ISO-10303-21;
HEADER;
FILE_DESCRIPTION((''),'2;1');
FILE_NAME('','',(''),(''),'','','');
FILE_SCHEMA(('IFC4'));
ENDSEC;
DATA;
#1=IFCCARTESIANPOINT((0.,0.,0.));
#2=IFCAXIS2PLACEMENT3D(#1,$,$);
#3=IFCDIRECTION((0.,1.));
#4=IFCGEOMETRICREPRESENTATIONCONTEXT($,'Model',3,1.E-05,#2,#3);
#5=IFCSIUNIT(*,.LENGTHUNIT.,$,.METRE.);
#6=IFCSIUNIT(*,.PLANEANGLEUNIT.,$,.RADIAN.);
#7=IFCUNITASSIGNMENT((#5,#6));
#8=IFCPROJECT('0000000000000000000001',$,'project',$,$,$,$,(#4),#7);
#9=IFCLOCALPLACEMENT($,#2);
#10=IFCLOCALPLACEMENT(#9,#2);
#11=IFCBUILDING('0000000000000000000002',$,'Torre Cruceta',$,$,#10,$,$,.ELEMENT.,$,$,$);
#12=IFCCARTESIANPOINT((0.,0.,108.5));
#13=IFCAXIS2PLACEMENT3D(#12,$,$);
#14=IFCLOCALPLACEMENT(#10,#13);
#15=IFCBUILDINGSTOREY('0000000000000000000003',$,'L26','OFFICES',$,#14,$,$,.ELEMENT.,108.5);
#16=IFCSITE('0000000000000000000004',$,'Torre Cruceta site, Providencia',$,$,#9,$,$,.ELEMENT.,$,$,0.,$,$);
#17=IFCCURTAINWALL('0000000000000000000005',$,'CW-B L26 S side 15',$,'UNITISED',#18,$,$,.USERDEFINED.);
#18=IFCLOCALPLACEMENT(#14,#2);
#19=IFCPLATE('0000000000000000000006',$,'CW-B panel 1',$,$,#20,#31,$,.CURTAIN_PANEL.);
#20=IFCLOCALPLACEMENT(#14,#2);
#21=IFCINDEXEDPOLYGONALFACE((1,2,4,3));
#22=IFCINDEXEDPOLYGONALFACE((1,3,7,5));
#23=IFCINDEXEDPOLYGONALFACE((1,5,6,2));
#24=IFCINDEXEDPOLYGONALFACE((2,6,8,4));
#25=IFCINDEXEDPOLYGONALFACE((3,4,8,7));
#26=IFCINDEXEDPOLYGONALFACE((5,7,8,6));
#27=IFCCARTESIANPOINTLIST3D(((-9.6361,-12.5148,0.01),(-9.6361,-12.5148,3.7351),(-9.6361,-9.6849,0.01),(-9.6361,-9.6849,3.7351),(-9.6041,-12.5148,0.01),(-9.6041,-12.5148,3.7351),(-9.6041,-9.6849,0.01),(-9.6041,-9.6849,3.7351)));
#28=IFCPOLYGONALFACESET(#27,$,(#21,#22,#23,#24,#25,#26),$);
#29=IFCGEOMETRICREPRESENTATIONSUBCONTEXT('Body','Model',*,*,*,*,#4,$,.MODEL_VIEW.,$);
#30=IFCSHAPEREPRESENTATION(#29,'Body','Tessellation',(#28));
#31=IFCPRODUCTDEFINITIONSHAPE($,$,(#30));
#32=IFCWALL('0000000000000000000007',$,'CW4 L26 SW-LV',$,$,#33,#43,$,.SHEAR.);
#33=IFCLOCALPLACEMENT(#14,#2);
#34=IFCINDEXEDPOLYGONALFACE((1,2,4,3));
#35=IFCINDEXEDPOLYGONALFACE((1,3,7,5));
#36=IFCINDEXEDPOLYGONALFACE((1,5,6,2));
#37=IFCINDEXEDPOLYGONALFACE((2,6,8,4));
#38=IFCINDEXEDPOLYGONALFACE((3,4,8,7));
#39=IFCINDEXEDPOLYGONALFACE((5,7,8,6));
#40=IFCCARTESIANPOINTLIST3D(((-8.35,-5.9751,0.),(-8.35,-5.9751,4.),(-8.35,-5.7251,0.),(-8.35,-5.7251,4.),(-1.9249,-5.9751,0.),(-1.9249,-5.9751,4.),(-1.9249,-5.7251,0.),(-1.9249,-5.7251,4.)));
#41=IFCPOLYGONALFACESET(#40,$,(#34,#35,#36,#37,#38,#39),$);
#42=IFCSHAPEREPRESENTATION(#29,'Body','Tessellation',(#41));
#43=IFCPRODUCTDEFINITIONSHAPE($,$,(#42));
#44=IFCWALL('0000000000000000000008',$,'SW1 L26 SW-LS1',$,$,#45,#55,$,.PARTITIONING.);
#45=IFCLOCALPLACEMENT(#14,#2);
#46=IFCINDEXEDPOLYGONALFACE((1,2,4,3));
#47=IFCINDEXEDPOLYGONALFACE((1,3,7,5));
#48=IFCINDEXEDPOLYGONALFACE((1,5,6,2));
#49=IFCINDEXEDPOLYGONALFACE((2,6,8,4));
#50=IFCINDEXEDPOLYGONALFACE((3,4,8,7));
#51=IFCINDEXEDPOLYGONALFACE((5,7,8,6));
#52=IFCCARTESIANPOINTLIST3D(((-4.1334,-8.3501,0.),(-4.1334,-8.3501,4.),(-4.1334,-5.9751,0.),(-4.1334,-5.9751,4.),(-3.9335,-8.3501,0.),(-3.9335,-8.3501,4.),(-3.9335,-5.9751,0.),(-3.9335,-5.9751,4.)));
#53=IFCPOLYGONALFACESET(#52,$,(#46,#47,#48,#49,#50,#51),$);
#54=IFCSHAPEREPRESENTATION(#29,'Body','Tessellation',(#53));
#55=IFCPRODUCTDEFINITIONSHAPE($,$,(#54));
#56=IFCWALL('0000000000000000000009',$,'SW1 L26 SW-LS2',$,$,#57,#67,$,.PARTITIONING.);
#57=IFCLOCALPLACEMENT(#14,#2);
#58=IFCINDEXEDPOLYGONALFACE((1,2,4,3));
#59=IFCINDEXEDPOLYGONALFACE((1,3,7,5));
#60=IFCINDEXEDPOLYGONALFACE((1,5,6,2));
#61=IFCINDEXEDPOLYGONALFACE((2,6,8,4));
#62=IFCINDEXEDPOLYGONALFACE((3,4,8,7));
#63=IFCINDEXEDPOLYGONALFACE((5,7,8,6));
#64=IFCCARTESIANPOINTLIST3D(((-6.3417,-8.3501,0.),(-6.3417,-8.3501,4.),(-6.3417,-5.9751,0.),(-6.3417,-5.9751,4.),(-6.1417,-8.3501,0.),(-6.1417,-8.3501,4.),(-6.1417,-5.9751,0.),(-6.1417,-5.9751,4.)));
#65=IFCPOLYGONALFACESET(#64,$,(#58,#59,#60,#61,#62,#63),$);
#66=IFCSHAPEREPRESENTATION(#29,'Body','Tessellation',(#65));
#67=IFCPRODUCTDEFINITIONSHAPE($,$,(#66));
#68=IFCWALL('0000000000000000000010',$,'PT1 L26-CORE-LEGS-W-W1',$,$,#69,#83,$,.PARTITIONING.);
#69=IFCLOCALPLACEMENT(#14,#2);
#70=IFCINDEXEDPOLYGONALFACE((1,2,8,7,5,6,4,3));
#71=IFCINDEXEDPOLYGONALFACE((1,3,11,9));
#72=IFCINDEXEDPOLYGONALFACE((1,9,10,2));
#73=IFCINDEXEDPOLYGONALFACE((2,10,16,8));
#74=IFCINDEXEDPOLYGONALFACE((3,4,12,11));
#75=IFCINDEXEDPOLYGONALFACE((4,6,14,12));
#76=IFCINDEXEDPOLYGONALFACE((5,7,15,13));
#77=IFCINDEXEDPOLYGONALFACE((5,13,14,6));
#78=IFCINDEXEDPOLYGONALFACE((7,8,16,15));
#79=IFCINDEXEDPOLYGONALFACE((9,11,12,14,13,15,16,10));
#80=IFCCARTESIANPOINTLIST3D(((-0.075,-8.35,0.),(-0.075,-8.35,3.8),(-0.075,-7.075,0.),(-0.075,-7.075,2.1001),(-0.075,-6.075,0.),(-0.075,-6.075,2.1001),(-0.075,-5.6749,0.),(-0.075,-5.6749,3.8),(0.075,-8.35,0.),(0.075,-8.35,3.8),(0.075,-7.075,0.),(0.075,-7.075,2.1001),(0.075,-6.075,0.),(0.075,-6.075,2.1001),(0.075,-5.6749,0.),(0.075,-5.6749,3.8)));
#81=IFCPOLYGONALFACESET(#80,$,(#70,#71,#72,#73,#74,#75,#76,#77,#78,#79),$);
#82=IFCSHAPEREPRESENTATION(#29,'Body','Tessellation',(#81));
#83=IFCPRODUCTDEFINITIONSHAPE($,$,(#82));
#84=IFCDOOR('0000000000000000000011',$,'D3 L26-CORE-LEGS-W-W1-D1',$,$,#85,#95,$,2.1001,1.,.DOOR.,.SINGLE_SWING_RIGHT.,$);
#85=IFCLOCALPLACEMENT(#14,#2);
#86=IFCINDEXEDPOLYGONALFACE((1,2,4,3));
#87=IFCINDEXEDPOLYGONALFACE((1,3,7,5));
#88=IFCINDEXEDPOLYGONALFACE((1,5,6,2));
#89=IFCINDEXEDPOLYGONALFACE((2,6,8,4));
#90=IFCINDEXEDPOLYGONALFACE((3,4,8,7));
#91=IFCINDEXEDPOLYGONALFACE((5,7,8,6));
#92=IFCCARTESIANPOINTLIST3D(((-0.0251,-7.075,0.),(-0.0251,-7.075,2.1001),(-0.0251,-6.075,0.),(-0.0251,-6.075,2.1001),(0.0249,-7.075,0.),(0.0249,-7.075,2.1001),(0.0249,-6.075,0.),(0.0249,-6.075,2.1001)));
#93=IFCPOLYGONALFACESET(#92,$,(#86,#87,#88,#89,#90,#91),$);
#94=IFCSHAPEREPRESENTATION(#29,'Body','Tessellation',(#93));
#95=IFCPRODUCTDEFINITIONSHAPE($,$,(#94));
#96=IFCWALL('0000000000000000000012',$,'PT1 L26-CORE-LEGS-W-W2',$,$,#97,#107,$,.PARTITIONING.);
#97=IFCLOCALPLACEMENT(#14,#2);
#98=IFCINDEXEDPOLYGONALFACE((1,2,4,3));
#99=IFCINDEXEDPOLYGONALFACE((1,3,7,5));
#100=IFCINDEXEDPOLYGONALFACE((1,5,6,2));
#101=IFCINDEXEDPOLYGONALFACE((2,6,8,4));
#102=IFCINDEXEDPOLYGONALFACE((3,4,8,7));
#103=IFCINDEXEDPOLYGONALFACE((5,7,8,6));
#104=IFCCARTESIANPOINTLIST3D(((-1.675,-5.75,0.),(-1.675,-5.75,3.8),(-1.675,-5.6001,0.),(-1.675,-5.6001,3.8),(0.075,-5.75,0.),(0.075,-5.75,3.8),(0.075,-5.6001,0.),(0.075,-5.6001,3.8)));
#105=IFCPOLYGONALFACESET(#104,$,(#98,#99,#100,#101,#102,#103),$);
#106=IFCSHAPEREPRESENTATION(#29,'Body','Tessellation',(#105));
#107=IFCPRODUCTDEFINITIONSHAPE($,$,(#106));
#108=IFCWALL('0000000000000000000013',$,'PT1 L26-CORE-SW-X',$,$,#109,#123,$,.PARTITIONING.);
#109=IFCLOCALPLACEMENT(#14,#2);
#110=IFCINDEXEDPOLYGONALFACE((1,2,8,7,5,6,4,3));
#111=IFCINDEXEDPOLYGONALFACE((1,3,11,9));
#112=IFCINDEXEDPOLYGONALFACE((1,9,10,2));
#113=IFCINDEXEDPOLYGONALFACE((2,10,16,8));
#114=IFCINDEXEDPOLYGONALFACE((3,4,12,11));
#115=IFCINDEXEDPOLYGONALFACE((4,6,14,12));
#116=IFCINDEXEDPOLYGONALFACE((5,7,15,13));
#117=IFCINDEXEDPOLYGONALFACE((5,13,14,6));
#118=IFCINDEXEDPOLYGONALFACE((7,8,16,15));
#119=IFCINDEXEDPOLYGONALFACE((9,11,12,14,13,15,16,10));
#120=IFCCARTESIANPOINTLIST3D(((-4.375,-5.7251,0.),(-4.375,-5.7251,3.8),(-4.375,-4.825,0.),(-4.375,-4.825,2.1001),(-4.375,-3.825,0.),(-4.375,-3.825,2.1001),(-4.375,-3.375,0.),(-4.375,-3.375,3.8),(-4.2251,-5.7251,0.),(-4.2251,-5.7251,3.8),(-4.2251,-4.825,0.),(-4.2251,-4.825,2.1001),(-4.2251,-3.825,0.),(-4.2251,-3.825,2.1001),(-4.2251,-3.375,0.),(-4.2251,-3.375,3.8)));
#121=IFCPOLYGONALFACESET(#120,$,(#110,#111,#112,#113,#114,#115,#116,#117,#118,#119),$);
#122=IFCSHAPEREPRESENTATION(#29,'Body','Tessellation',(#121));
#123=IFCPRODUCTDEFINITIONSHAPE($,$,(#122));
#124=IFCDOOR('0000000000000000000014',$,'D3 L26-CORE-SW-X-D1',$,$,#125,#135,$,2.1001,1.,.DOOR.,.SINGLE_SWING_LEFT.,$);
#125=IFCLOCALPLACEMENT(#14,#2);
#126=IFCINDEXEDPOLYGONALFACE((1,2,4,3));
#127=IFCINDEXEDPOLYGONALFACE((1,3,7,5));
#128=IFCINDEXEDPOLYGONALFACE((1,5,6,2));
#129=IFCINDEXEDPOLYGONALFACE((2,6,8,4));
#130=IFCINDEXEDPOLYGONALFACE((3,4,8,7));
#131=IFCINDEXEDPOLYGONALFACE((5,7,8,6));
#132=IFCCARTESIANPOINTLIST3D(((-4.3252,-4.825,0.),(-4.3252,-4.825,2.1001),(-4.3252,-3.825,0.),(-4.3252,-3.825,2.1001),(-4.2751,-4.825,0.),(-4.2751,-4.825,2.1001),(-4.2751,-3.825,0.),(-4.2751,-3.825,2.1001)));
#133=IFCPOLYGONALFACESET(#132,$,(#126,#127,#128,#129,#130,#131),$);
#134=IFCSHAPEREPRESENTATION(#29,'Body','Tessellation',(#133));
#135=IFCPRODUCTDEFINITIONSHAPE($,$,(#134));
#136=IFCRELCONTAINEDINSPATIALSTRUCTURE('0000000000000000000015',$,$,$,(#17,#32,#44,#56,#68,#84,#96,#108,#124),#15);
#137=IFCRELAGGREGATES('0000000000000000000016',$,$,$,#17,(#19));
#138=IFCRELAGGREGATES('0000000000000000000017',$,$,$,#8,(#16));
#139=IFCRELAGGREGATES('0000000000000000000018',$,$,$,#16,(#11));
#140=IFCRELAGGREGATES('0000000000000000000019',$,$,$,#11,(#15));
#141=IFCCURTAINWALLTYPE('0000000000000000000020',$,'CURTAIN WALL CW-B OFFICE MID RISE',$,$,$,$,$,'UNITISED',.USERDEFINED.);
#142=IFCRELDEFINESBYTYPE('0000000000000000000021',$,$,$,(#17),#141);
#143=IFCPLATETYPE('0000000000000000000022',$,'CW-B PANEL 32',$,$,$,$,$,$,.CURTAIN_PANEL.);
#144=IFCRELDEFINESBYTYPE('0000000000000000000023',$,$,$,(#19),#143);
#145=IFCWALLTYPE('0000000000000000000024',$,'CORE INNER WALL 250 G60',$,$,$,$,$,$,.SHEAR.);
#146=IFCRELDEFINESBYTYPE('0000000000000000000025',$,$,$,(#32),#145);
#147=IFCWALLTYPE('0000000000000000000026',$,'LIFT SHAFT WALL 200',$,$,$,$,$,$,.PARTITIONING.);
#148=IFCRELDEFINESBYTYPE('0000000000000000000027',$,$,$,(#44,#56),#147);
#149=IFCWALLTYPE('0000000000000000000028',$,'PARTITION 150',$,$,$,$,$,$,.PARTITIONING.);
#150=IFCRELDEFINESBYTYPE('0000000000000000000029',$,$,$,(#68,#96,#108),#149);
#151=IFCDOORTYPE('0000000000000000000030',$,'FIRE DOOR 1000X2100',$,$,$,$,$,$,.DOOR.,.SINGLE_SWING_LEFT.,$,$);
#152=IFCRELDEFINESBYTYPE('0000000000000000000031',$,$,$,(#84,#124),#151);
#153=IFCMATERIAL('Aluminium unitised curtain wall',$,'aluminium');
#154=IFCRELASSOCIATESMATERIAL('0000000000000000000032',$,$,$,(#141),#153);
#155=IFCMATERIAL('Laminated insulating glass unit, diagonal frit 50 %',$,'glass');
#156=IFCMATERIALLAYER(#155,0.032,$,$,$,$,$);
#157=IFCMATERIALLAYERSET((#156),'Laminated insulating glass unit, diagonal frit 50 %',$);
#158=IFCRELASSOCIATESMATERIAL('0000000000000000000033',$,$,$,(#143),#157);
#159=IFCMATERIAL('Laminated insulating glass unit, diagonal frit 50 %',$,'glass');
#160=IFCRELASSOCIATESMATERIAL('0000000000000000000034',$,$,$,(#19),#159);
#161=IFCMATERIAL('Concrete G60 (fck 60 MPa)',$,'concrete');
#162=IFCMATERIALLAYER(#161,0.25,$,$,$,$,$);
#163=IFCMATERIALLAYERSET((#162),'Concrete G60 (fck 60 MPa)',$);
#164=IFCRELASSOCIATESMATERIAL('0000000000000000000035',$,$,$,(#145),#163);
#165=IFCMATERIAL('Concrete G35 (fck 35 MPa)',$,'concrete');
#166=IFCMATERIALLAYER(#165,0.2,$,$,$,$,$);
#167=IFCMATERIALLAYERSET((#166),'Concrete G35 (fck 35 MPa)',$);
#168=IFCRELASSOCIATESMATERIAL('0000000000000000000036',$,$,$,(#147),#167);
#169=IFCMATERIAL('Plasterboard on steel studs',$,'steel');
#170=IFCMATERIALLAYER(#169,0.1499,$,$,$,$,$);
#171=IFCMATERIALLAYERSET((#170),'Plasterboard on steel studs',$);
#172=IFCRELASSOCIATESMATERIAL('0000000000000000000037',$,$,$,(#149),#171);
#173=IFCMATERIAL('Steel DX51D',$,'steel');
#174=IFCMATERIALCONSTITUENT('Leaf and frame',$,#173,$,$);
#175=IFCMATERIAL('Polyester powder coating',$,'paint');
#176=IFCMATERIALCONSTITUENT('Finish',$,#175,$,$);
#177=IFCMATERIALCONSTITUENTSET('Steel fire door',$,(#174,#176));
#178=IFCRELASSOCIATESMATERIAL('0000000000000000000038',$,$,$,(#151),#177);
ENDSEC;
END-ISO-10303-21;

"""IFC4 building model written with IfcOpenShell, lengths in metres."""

from ifc_helpers import new_model, si_unit, direction, frame, frame_2d, origin, origin_2d, place, context, subcontext, project, spatial, rectangle, extrude, material, layer, layer_set, constituent, constituent_set, type_object, element, fill, aggregate, save


model = new_model("IFC4")

# Units and contexts
model_context = context("Model", 3, precision=1e-05, world=origin(), true_north=direction((0.0, 1.0)))
body_context = subcontext(model_context, "Body", "Model", "MODEL_VIEW")
ifc_project = project(units=[si_unit("LENGTHUNIT", "METRE"), si_unit("PLANEANGLEUNIT", "RADIAN")], contexts=[model_context])

# Site, building, storey
site_placement = place(None, origin())
site = spatial("IfcSite", under=ifc_project, at=site_placement, Name="Torre Cruceta site, Providencia", CompositionType="ELEMENT", RefElevation=0.0)
building_placement = place(site_placement, origin())
building = spatial("IfcBuilding", under=site, at=building_placement, Name="Torre Cruceta", CompositionType="ELEMENT")
storey_placement = place(building_placement, frame((0.0, 0.0, 108.5)))
storey = spatial("IfcBuildingStorey", under=building, at=storey_placement, Name="L26", Description="OFFICES", CompositionType="ELEMENT", Elevation=108.5)

# Curtain wall
ifc_material_1 = material(Name="Aluminium unitised curtain wall", Category="aluminium")
curtain_wall_type = type_object("IfcCurtainWallType", Name="CURTAIN WALL CW-B OFFICE MID RISE", ElementType="UNITISED", PredefinedType="USERDEFINED", material=ifc_material_1)
curtain_wall_placement = place(storey_placement, origin())
curtain_wall = element("IfcCurtainWall", 1, at=curtain_wall_placement, inside=storey, type_object=curtain_wall_type, Name="CW-B L26 S side 15", ObjectType="UNITISED", PredefinedType="USERDEFINED")

# Plate
ifc_material_2 = material(Name="Laminated insulating glass unit, diagonal frit 50 %", Category="glass")
ifc_material_3 = material(Name="Laminated insulating glass unit, diagonal frit 50 %", Category="glass")
ifc_layer_1 = layer(ifc_material_3, 0.032)
ifc_layer_set_1 = layer_set([ifc_layer_1], Name="Laminated insulating glass unit, diagonal frit 50 %")
plate_type = type_object("IfcPlateType", Name="CW-B PANEL 32", PredefinedType="CURTAIN_PANEL", material=ifc_layer_set_1)
plate_placement = place(storey_placement, frame((-9.6201, -11.0999, 0.01), z_axis=(0.0, 0.0, 1.0), x_axis=(0.0, -1.0, 0.0)))
plate = element("IfcPlate", 2, at=plate_placement, type_object=plate_type, material=ifc_material_2, Name="CW-B panel 1", PredefinedType="CURTAIN_PANEL", context=body_context, shape_type="SweptSolid", body=[
    extrude(rectangle(XDim=2.8298, YDim=0.032, at=origin_2d()), origin(), (0.0, 0.0, 1.0), 3.7251),
])
aggregate(curtain_wall, [plate])

# Wall
ifc_material_4 = material(Name="Concrete G60 (fck 60 MPa)", Category="concrete")
ifc_layer_2 = layer(ifc_material_4, 0.25)
ifc_layer_set_2 = layer_set([ifc_layer_2], Name="Concrete G60 (fck 60 MPa)")
wall_type_1 = type_object("IfcWallType", Name="CORE INNER WALL 250 G60", PredefinedType="SHEAR", material=ifc_layer_set_2)
wall_1_placement = place(storey_placement, frame((-1.925, -5.8501, 0.0), z_axis=(0.0, 0.0, 1.0), x_axis=(-1.0, 0.0, 0.0)))
element("IfcWall", 3, at=wall_1_placement, inside=storey, type_object=wall_type_1, Name="CW4 L26 SW-LV", PredefinedType="SHEAR", context=body_context, shape_type="SweptSolid", body=[
    extrude(rectangle(XDim=6.425, YDim=0.25, at=frame_2d((3.2124, 0.0))), origin(), (0.0, 0.0, 1.0), 4.0),
])

# Walls
ifc_material_5 = material(Name="Concrete G35 (fck 35 MPa)", Category="concrete")
ifc_layer_3 = layer(ifc_material_5, 0.2)
ifc_layer_set_3 = layer_set([ifc_layer_3], Name="Concrete G35 (fck 35 MPa)")
wall_type_2 = type_object("IfcWallType", Name="LIFT SHAFT WALL 200", PredefinedType="PARTITIONING", material=ifc_layer_set_3)
for number, where, z_axis, x_axis, name in (
    (4, (-4.0334, -5.9751, 0.0), (0.0, 0.0, 1.0), (0.0, -1.0, 0.0), "SW1 L26 SW-LS1"),
    (5, (-6.2417, -5.9751, 0.0), (0.0, 0.0, 1.0), (0.0, -1.0, 0.0), "SW1 L26 SW-LS2"),
):
    element("IfcWall", number, at=place(storey_placement, frame(where, z_axis=z_axis, x_axis=x_axis)), inside=storey, type_object=wall_type_2, Name=name, PredefinedType="PARTITIONING", context=body_context, shape_type="SweptSolid", body=[
        extrude(rectangle(XDim=2.375, YDim=0.2, at=frame_2d((1.1875, 0.0))), origin(), (0.0, 0.0, 1.0), 4.0),
    ])

# Wall, opening, door
ifc_material_6 = material(Name="Plasterboard on steel studs", Category="steel")
ifc_layer_4 = layer(ifc_material_6, 0.1499)
ifc_layer_set_4 = layer_set([ifc_layer_4], Name="Plasterboard on steel studs")
wall_type_3 = type_object("IfcWallType", Name="PARTITION 150", PredefinedType="PARTITIONING", material=ifc_layer_set_4)
wall_2_placement = place(storey_placement, frame((0.0, -5.675, 0.0), z_axis=(0.0, 0.0, 1.0), x_axis=(0.0, -1.0, 0.0)))
wall_2 = element("IfcWall", 6, at=wall_2_placement, inside=storey, type_object=wall_type_3, Name="PT1 L26-CORE-LEGS-W-W1", PredefinedType="PARTITIONING", context=body_context, shape_type="SweptSolid", body=[
    extrude(rectangle(XDim=2.675, YDim=0.1499, at=frame_2d((1.3374, 0.0))), origin(), (0.0, 0.0, 1.0), 3.8),
])
opening_1_placement = place(wall_2_placement, frame((0.3999, 0.0, 0.0)))
opening_1 = element("IfcOpeningElement", 7, at=opening_1_placement, cuts=wall_2, PredefinedType="OPENING", context=body_context, shape_type="SweptSolid", body=[
    extrude(rectangle(XDim=1.0, YDim=2.1001, at=frame_2d((0.5, 1.05))), frame((0.0, 0.085, 0.0), z_axis=(0.0, -1.0, 0.0), x_axis=(1.0, 0.0, 0.0)), (0.0, 0.0, 1.0), 0.1699),
])
ifc_material_7 = material(Name="Steel DX51D", Category="steel")
ifc_constituent_1 = constituent(ifc_material_7, Name="Leaf and frame")
ifc_material_8 = material(Name="Polyester powder coating", Category="paint")
ifc_constituent_2 = constituent(ifc_material_8, Name="Finish")
ifc_constituent_set_1 = constituent_set(constituents=[ifc_constituent_1, ifc_constituent_2], Name="Steel fire door")
door_type_1 = type_object("IfcDoorType", Name="FIRE DOOR 1000X2100", OperationType="SINGLE_SWING_LEFT", PredefinedType="DOOR", material=ifc_constituent_set_1)
door_1_placement = place(opening_1_placement, frame((1.0, 0.0, 0.0), z_axis=(0.0, 0.0, 1.0), x_axis=(-1.0, 0.0, 0.0)))
door_1 = element("IfcDoor", 8, at=door_1_placement, inside=storey, type_object=door_type_1, Name="D3 L26-CORE-LEGS-W-W1-D1", OperationType="SINGLE_SWING_RIGHT", OverallHeight=2.1001, OverallWidth=1.0, PredefinedType="DOOR", context=body_context, shape_type="SweptSolid", body=[
    extrude(rectangle(XDim=1.0, YDim=2.1001, at=frame_2d((0.5, 1.05))), frame((0.0, 0.0251, 0.0), z_axis=(0.0, -1.0, 0.0), x_axis=(1.0, 0.0, 0.0)), (0.0, 0.0, 1.0), 0.05),
])
fill(opening_1, door_1)

# Wall
wall_3_placement = place(storey_placement, frame((-1.675, -5.675, 0.0), z_axis=(0.0, 0.0, 1.0), x_axis=(1.0, 0.0, 0.0)))
element("IfcWall", 9, at=wall_3_placement, inside=storey, type_object=wall_type_3, Name="PT1 L26-CORE-LEGS-W-W2", PredefinedType="PARTITIONING", context=body_context, shape_type="SweptSolid", body=[
    extrude(rectangle(XDim=1.75, YDim=0.1499, at=frame_2d((0.875, 0.0))), origin(), (0.0, 0.0, 1.0), 3.8),
])

# Wall, opening, door
wall_4_placement = place(storey_placement, frame((-4.3, -3.375, 0.0), z_axis=(0.0, 0.0, 1.0), x_axis=(0.0, -1.0, 0.0)))
wall_4 = element("IfcWall", 10, at=wall_4_placement, inside=storey, type_object=wall_type_3, Name="PT1 L26-CORE-SW-X", PredefinedType="PARTITIONING", context=body_context, shape_type="SweptSolid", body=[
    extrude(rectangle(XDim=2.3501, YDim=0.1499, at=frame_2d((1.175, 0.0))), origin(), (0.0, 0.0, 1.0), 3.8),
])
opening_2_placement = place(wall_4_placement, frame((0.45, 0.0, 0.0)))
opening_2 = element("IfcOpeningElement", 11, at=opening_2_placement, cuts=wall_4, PredefinedType="OPENING", context=body_context, shape_type="SweptSolid", body=[
    extrude(rectangle(XDim=1.0, YDim=2.1001, at=frame_2d((0.5, 1.05))), frame((0.0, 0.085, 0.0), z_axis=(0.0, -1.0, 0.0), x_axis=(1.0, 0.0, 0.0)), (0.0, 0.0, 1.0), 0.1699),
])
door_2_placement = place(opening_2_placement, origin())
door_2 = element("IfcDoor", 12, at=door_2_placement, inside=storey, type_object=door_type_1, Name="D3 L26-CORE-SW-X-D1", OperationType="SINGLE_SWING_LEFT", OverallHeight=2.1001, OverallWidth=1.0, PredefinedType="DOOR", context=body_context, shape_type="SweptSolid", body=[
    extrude(rectangle(XDim=1.0, YDim=2.1001, at=frame_2d((0.5, 1.05))), frame((0.0, 0.0249, 0.0), z_axis=(0.0, -1.0, 0.0), x_axis=(1.0, 0.0, 0.0)), (0.0, 0.0, 1.0), 0.05),
])
fill(opening_2, door_2)

save(model, "model.ifc")
